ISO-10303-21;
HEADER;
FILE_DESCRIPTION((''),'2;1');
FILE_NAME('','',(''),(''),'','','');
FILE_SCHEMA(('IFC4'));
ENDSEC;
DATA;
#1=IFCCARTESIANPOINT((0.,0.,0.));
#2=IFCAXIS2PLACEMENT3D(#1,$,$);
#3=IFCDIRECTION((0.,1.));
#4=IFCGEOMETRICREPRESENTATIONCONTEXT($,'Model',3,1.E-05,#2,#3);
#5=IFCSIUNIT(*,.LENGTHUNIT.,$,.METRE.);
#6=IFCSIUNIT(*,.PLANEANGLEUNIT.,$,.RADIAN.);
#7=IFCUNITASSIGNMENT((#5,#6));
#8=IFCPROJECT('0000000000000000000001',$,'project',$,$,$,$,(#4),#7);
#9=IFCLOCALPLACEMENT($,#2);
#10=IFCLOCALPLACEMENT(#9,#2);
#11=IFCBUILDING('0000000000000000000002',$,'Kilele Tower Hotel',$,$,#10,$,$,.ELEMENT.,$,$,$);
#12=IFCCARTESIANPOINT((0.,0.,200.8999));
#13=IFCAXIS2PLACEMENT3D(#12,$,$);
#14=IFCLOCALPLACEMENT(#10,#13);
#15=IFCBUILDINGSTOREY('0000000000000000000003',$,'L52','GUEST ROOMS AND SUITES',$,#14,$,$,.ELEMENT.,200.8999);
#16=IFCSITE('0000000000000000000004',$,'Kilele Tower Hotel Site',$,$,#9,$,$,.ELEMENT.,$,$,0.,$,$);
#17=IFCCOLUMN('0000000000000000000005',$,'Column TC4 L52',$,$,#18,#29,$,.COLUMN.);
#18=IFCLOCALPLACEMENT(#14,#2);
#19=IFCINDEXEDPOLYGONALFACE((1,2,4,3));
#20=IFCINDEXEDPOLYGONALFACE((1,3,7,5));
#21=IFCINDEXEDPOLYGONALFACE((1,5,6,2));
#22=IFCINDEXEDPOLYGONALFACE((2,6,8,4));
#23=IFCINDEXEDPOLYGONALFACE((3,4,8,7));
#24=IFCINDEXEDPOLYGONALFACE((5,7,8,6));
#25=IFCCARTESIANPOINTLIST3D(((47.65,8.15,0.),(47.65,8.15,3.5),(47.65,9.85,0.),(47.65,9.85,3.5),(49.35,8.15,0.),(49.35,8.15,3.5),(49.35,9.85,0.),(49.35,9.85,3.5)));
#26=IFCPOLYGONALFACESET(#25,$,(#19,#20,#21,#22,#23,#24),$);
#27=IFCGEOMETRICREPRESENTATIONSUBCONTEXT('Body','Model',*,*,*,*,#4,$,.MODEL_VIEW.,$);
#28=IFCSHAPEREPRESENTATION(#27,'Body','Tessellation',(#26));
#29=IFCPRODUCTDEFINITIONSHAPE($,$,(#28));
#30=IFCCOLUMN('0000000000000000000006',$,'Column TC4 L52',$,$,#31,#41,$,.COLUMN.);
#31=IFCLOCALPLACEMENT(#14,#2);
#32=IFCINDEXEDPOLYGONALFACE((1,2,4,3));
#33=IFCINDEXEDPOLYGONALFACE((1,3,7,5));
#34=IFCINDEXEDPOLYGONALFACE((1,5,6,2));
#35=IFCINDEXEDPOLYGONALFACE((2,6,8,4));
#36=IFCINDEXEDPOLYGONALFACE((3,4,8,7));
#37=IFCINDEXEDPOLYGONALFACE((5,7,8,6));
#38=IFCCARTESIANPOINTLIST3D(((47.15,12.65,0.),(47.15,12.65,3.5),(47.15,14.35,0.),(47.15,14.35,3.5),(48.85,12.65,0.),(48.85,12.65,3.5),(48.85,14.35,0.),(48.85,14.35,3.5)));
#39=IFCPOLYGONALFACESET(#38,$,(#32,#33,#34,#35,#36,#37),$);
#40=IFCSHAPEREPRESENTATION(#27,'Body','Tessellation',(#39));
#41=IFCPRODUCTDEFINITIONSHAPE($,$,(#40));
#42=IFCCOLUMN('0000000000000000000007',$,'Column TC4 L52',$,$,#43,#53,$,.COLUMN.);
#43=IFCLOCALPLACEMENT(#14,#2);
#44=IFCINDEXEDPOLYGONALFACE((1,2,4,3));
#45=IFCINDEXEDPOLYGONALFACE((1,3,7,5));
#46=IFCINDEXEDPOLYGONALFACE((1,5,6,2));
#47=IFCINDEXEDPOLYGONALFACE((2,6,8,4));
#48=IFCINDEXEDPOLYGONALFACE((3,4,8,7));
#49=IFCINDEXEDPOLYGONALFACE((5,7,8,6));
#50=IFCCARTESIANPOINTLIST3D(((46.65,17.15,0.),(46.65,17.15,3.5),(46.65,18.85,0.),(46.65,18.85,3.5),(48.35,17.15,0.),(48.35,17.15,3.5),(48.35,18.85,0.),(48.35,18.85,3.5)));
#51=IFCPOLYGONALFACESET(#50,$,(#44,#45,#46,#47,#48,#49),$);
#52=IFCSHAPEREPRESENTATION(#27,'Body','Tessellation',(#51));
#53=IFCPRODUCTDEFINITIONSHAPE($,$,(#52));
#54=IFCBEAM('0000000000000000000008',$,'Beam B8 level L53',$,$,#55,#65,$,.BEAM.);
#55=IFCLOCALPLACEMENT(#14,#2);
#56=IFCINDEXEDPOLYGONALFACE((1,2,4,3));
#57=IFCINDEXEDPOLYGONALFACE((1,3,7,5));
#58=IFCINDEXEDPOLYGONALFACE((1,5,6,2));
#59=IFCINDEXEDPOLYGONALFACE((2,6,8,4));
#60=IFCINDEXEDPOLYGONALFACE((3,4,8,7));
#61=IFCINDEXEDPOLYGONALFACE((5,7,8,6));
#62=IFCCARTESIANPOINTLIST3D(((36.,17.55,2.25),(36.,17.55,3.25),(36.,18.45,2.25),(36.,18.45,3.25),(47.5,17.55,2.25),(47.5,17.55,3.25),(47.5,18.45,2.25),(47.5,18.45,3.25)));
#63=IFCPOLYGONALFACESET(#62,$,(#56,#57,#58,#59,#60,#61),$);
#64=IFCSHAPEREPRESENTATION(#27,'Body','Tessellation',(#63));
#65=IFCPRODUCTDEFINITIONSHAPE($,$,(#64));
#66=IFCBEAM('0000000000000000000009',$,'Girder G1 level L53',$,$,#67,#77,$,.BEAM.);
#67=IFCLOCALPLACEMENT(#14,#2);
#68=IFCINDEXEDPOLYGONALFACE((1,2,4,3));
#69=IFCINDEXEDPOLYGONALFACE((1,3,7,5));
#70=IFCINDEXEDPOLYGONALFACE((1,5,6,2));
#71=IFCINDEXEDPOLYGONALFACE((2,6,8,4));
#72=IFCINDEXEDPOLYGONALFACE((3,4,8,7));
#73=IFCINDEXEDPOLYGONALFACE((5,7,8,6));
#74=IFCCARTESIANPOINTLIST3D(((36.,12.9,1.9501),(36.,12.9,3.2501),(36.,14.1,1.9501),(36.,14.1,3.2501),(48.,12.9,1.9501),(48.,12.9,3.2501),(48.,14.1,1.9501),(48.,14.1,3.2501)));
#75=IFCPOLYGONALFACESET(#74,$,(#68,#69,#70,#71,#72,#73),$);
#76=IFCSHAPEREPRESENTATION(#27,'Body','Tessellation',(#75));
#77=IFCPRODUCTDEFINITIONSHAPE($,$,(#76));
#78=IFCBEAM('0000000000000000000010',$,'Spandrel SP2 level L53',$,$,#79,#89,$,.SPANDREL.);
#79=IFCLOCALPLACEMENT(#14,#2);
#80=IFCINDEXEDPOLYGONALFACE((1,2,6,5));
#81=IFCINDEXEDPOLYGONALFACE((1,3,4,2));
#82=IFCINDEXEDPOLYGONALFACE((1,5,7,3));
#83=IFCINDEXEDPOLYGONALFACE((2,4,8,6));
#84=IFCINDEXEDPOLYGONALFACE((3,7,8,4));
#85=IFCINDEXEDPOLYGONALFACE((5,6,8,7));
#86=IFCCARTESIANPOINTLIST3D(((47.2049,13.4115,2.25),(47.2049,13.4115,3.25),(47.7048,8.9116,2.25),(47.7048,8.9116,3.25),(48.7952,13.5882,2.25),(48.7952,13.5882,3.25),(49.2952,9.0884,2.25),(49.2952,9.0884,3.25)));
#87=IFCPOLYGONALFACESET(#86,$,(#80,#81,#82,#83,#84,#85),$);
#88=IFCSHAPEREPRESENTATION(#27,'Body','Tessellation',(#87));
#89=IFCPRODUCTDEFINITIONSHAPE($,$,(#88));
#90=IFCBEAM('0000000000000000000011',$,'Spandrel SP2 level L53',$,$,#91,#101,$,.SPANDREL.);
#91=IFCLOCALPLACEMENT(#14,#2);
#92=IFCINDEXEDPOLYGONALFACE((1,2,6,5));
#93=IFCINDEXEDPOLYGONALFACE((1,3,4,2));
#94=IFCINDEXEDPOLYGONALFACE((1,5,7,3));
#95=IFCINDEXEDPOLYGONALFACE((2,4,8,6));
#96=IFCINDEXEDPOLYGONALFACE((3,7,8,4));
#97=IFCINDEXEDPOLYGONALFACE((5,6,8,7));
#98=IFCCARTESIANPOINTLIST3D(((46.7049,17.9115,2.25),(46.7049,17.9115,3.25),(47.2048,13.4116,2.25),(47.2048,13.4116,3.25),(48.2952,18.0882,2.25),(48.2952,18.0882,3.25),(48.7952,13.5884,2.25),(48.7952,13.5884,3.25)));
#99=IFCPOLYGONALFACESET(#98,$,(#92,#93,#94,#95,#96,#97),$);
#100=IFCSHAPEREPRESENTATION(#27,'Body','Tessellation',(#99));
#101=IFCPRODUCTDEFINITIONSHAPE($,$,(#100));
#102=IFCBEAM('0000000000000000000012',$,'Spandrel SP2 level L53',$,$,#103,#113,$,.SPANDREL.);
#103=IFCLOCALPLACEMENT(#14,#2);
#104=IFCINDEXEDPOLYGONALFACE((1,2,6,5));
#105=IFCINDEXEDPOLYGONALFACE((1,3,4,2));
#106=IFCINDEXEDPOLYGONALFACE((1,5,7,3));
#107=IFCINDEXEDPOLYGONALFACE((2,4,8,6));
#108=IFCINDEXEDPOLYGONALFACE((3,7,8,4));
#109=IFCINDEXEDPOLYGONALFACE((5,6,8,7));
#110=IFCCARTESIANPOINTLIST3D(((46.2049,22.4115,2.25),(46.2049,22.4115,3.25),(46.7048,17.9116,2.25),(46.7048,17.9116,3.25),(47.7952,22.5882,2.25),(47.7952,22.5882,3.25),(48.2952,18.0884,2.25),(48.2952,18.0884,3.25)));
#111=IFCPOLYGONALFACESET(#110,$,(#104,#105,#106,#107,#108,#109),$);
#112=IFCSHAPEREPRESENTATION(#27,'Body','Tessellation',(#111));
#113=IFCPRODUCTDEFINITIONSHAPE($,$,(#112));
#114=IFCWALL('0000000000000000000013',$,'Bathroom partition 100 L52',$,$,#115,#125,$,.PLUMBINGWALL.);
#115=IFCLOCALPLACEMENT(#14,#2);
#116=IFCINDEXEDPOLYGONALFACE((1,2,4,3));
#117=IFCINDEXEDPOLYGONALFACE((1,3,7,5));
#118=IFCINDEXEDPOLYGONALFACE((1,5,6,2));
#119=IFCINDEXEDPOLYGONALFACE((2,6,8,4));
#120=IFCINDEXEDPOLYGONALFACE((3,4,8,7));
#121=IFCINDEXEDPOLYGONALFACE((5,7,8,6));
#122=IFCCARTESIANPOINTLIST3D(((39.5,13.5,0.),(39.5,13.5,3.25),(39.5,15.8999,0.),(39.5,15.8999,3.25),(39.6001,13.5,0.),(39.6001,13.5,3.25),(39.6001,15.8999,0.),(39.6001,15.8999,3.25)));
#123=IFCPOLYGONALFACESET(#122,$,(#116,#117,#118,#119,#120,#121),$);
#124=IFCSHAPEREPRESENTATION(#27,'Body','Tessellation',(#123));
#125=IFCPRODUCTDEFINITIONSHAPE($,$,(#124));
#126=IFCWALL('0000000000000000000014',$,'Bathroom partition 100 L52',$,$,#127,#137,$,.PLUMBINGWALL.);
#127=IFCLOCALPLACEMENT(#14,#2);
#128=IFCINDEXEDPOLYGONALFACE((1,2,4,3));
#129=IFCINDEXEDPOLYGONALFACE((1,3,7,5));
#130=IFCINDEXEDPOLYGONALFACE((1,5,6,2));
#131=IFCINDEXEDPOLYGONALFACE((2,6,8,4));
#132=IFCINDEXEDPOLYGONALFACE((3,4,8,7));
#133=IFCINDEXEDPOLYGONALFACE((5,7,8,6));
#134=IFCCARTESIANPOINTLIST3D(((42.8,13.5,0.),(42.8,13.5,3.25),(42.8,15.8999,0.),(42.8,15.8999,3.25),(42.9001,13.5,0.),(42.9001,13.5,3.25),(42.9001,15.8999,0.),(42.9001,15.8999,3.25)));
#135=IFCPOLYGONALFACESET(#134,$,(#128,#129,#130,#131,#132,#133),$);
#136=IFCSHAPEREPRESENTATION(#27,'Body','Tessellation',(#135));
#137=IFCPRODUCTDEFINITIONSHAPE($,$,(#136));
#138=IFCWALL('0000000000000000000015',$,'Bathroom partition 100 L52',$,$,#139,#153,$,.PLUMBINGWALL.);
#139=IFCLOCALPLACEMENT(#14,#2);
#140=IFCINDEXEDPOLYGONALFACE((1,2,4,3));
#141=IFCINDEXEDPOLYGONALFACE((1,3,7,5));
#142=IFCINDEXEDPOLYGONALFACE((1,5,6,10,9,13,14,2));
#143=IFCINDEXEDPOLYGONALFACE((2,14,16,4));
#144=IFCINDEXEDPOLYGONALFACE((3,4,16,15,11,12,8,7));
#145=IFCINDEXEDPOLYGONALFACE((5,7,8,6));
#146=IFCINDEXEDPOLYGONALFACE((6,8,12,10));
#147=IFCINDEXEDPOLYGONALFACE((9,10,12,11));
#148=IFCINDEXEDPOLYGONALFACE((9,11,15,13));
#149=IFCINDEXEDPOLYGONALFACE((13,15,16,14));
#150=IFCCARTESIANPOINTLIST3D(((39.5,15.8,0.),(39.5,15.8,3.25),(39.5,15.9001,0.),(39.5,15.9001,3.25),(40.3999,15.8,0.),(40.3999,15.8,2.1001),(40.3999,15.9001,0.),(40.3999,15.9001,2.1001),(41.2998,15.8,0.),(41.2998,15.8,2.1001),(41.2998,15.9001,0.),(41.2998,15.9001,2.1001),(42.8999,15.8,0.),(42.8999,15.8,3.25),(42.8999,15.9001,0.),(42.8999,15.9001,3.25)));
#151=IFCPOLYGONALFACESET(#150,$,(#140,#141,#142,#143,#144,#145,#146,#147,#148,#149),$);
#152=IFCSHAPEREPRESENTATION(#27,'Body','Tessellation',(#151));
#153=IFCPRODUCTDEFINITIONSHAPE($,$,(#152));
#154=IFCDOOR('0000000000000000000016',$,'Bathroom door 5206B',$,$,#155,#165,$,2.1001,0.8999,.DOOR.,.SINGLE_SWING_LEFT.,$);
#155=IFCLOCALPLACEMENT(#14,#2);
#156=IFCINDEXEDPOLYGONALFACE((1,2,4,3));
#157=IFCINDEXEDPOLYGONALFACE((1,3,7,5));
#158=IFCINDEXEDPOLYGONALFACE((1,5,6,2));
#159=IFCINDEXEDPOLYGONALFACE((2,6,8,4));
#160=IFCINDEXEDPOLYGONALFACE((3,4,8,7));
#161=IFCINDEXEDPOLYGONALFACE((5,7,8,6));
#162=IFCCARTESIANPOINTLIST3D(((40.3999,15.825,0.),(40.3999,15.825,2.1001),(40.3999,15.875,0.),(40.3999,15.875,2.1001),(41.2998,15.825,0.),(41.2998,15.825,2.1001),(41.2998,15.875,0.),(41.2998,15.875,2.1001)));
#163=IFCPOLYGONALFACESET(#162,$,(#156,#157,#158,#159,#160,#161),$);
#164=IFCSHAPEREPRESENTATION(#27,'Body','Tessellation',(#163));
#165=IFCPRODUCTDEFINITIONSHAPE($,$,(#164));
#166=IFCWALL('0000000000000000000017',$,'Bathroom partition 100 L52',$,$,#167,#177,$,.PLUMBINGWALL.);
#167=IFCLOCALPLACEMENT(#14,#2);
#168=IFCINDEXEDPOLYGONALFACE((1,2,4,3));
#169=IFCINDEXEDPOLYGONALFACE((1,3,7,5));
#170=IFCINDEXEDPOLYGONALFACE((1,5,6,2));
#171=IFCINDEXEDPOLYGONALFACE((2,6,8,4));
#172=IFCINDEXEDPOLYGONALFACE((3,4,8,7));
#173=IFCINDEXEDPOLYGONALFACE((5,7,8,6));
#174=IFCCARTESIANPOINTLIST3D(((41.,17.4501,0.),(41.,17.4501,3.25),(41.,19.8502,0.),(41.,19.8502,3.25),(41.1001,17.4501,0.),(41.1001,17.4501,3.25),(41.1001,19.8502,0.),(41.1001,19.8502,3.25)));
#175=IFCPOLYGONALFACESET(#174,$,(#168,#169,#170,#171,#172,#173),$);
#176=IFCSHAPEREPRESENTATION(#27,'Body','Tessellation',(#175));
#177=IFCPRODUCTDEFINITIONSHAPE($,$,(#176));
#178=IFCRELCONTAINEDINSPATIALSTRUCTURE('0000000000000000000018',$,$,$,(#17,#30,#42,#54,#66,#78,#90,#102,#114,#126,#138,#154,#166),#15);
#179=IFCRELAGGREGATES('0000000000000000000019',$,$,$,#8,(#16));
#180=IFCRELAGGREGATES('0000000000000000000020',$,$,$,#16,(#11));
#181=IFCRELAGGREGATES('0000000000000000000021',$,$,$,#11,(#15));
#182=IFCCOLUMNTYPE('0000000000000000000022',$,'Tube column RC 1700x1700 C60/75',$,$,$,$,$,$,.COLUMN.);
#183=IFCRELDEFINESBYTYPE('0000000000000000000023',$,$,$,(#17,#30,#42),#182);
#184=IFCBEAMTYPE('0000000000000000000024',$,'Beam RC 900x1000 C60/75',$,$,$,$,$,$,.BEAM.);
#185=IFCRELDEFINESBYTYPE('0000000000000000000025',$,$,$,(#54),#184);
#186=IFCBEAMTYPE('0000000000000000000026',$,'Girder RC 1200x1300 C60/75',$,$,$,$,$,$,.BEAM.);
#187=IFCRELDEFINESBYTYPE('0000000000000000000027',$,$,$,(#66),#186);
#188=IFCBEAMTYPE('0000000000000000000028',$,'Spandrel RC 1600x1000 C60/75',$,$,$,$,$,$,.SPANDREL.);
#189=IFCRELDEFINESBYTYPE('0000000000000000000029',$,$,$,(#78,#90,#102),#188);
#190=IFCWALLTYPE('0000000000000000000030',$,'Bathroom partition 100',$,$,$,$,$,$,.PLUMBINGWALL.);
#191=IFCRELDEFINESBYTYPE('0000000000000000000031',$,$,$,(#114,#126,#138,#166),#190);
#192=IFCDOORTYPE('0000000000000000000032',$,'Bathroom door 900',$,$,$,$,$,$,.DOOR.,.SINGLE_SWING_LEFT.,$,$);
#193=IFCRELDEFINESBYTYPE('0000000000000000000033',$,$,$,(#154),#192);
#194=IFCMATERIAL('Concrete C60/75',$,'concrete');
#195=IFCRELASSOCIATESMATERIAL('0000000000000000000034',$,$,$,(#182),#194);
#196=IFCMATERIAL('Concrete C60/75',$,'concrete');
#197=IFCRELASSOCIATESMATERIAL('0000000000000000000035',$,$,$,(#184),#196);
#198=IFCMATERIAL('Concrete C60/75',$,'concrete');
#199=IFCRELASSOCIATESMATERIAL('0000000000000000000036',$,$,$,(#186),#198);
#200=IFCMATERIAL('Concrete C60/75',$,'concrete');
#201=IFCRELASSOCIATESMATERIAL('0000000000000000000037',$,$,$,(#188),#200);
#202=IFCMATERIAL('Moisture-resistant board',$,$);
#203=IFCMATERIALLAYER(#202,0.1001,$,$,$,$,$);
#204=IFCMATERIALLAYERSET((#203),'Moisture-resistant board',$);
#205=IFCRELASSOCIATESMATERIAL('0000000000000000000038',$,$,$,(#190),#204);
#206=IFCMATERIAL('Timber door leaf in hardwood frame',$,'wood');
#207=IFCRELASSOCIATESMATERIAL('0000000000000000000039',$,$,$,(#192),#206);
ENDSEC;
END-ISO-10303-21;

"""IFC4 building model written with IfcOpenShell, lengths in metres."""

from ifc_helpers import new_model, si_unit, direction, frame, frame_2d, origin, origin_2d, place, context, subcontext, project, spatial, rectangle, extrude, material, layer, layer_set, material_profile, profile_set, type_object, element, fill, save


model = new_model("IFC4")

# Units and contexts
model_context = context("Model", 3, precision=1e-05, world=origin(), true_north=direction((0.0, 1.0)))
body_context = subcontext(model_context, "Body", "Model", "MODEL_VIEW")
ifc_project = project(units=[si_unit("LENGTHUNIT", "METRE"), si_unit("PLANEANGLEUNIT", "RADIAN")], contexts=[model_context])

# Site, building, storey
site_placement = place(None, origin())
site = spatial("IfcSite", under=ifc_project, at=site_placement, Name="Kilele Tower Hotel Site", CompositionType="ELEMENT", RefElevation=0.0)
building_placement = place(site_placement, origin())
building = spatial("IfcBuilding", under=site, at=building_placement, Name="Kilele Tower Hotel", CompositionType="ELEMENT")
storey_placement = place(building_placement, frame((0.0, 0.0, 200.8999)))
storey = spatial("IfcBuildingStorey", under=building, at=storey_placement, Name="L52", Description="GUEST ROOMS AND SUITES", CompositionType="ELEMENT", Elevation=200.8999)

# Columns
ifc_material_1 = material(Name="Concrete C60/75", Category="concrete")
ifc_material_profile_1 = material_profile(ifc_material_1, rectangle(XDim=1.7, YDim=1.7, at=origin_2d()))
ifc_profile_set_1 = profile_set([ifc_material_profile_1], Name="Concrete C60/75")
column_type = type_object("IfcColumnType", Name="Tube column RC 1700x1700 C60/75", PredefinedType="COLUMN", material=ifc_profile_set_1)
for number, where, z_axis, x_axis, name in (
    (1, (48.5, 9.0, 0.0), (0.0, 0.0, 1.0), (1.0, 0.0, 0.0), "Column TC4 L52"),
    (2, (48.0, 13.5, 0.0), (0.0, 0.0, 1.0), (1.0, 0.0, 0.0), "Column TC4 L52"),
    (3, (47.5, 18.0, 0.0), (0.0, 0.0, 1.0), (1.0, 0.0, 0.0), "Column TC4 L52"),
):
    element("IfcColumn", number, at=place(storey_placement, frame(where, z_axis=z_axis, x_axis=x_axis)), inside=storey, type_object=column_type, Name=name, PredefinedType="COLUMN", context=body_context, shape_type="SweptSolid", body=[
        extrude(rectangle(XDim=1.7, YDim=1.7, at=origin_2d()), origin(), (0.0, 0.0, 1.0), 3.5),
    ])

# Beams
ifc_material_2 = material(Name="Concrete C60/75", Category="concrete")
ifc_material_profile_2 = material_profile(ifc_material_2, rectangle(XDim=0.8999, YDim=1.0, at=origin_2d()))
ifc_profile_set_2 = profile_set([ifc_material_profile_2], Name="Concrete C60/75")
beam_type_1 = type_object("IfcBeamType", Name="Beam RC 900x1000 C60/75", PredefinedType="BEAM", material=ifc_profile_set_2)
beam_1_placement = place(storey_placement, frame((47.5, 18.0, 2.75), z_axis=(-1.0, 0.0, 0.0), x_axis=(0.0, -1.0, 0.0)))
element("IfcBeam", 4, at=beam_1_placement, inside=storey, type_object=beam_type_1, Name="Beam B8 level L53", PredefinedType="BEAM", context=body_context, shape_type="SweptSolid", body=[
    extrude(rectangle(XDim=0.8999, YDim=1.0, at=origin_2d()), origin(), (0.0, 0.0, 1.0), 11.5),
])
ifc_material_3 = material(Name="Concrete C60/75", Category="concrete")
ifc_material_profile_3 = material_profile(ifc_material_3, rectangle(XDim=1.2, YDim=1.3, at=origin_2d()))
ifc_profile_set_3 = profile_set([ifc_material_profile_3], Name="Concrete C60/75")
beam_type_2 = type_object("IfcBeamType", Name="Girder RC 1200x1300 C60/75", PredefinedType="BEAM", material=ifc_profile_set_3)
beam_2_placement = place(storey_placement, frame((48.0, 13.5, 2.6001), z_axis=(-1.0, 0.0, 0.0), x_axis=(0.0, -1.0, 0.0)))
element("IfcBeam", 5, at=beam_2_placement, inside=storey, type_object=beam_type_2, Name="Girder G1 level L53", PredefinedType="BEAM", context=body_context, shape_type="SweptSolid", body=[
    extrude(rectangle(XDim=1.2, YDim=1.3, at=origin_2d()), origin(), (0.0, 0.0, 1.0), 12.0),
])
ifc_material_4 = material(Name="Concrete C60/75", Category="concrete")
ifc_material_profile_4 = material_profile(ifc_material_4, rectangle(XDim=1.6001, YDim=1.0, at=origin_2d()))
ifc_profile_set_4 = profile_set([ifc_material_profile_4], Name="Concrete C60/75")
beam_type_3 = type_object("IfcBeamType", Name="Spandrel RC 1600x1000 C60/75", PredefinedType="SPANDREL", material=ifc_profile_set_4)
for number, where, z_axis, x_axis, name in (
    (6, (48.5, 9.0, 2.75), (-0.110432, 0.993884, 0.0), (-0.993884, -0.110432, 0.0), "Spandrel SP2 level L53"),
    (7, (48.0, 13.5, 2.75), (-0.110432, 0.993884, 0.0), (-0.993884, -0.110432, 0.0), "Spandrel SP2 level L53"),
    (8, (47.5, 18.0, 2.75), (-0.110432, 0.993884, 0.0), (-0.993884, -0.110432, 0.0), "Spandrel SP2 level L53"),
):
    element("IfcBeam", number, at=place(storey_placement, frame(where, z_axis=z_axis, x_axis=x_axis)), inside=storey, type_object=beam_type_3, Name=name, PredefinedType="SPANDREL", context=body_context, shape_type="SweptSolid", body=[
        extrude(rectangle(XDim=1.6001, YDim=1.0, at=origin_2d()), origin(), (0.0, 0.0, 1.0), 4.5276),
    ])

# Walls
ifc_material_5 = material(Name="Moisture-resistant board")
ifc_layer_1 = layer(ifc_material_5, 0.1001)
ifc_layer_set_1 = layer_set([ifc_layer_1], Name="Moisture-resistant board")
wall_type_1 = type_object("IfcWallType", Name="Bathroom partition 100", PredefinedType="PLUMBINGWALL", material=ifc_layer_set_1)
for number, where, z_axis, x_axis, name in (
    (9, (39.55, 13.5, 0.0), (0.0, 0.0, 1.0), (0.0, 1.0, 0.0), "Bathroom partition 100 L52"),
    (10, (42.8501, 13.5, 0.0), (0.0, 0.0, 1.0), (0.0, 1.0, 0.0), "Bathroom partition 100 L52"),
):
    element("IfcWall", number, at=place(storey_placement, frame(where, z_axis=z_axis, x_axis=x_axis)), inside=storey, type_object=wall_type_1, Name=name, PredefinedType="PLUMBINGWALL", context=body_context, shape_type="SweptSolid", body=[
        extrude(rectangle(XDim=2.3999, YDim=0.1001, at=frame_2d((1.2, 0.0))), origin(), (0.0, 0.0, 1.0), 3.25),
    ])

# Wall, opening, door
wall_1_placement = place(storey_placement, frame((39.5, 15.8501, 0.0), z_axis=(0.0, 0.0, 1.0), x_axis=(1.0, 0.0, 0.0)))
wall_1 = element("IfcWall", 11, at=wall_1_placement, inside=storey, type_object=wall_type_1, Name="Bathroom partition 100 L52", PredefinedType="PLUMBINGWALL", context=body_context, shape_type="SweptSolid", body=[
    extrude(rectangle(XDim=3.3999, YDim=0.1001, at=frame_2d((1.7, 0.0))), origin(), (0.0, 0.0, 1.0), 3.25),
])
opening_1_placement = place(wall_1_placement, frame((0.8999, 0.0, 0.0)))
opening_1 = element("IfcOpeningElement", 12, at=opening_1_placement, cuts=wall_1, PredefinedType="OPENING", context=body_context, shape_type="SweptSolid", body=[
    extrude(rectangle(XDim=0.8999, YDim=2.1001, at=frame_2d((0.45, 1.05))), frame((0.0, 0.0601, 0.0), z_axis=(0.0, -1.0, 0.0), x_axis=(1.0, 0.0, 0.0)), (0.0, 0.0, 1.0), 0.1201),
])
ifc_material_6 = material(Name="Timber door leaf in hardwood frame", Category="wood")
door_type_1 = type_object("IfcDoorType", Name="Bathroom door 900", OperationType="SINGLE_SWING_LEFT", PredefinedType="DOOR", material=ifc_material_6)
door_1_placement = place(opening_1_placement, origin())
door_1 = element("IfcDoor", 13, at=door_1_placement, inside=storey, type_object=door_type_1, Name="Bathroom door 5206B", OperationType="SINGLE_SWING_LEFT", OverallHeight=2.1001, OverallWidth=0.8999, PredefinedType="DOOR", context=body_context, shape_type="SweptSolid", body=[
    extrude(rectangle(XDim=0.8999, YDim=2.1001, at=frame_2d((0.45, 1.05))), frame((0.0, 0.0249, 0.0), z_axis=(0.0, -1.0, 0.0), x_axis=(1.0, 0.0, 0.0)), (0.0, 0.0, 1.0), 0.05),
])
fill(opening_1, door_1)

# Wall
wall_2_placement = place(storey_placement, frame((41.05, 17.45, 0.0), z_axis=(0.0, 0.0, 1.0), x_axis=(0.0, 1.0, 0.0)))
element("IfcWall", 14, at=wall_2_placement, inside=storey, type_object=wall_type_1, Name="Bathroom partition 100 L52", PredefinedType="PLUMBINGWALL", context=body_context, shape_type="SweptSolid", body=[
    extrude(rectangle(XDim=2.4001, YDim=0.1001, at=frame_2d((1.2002, 0.0))), origin(), (0.0, 0.0, 1.0), 3.25),
])

save(model, "model.ifc")
